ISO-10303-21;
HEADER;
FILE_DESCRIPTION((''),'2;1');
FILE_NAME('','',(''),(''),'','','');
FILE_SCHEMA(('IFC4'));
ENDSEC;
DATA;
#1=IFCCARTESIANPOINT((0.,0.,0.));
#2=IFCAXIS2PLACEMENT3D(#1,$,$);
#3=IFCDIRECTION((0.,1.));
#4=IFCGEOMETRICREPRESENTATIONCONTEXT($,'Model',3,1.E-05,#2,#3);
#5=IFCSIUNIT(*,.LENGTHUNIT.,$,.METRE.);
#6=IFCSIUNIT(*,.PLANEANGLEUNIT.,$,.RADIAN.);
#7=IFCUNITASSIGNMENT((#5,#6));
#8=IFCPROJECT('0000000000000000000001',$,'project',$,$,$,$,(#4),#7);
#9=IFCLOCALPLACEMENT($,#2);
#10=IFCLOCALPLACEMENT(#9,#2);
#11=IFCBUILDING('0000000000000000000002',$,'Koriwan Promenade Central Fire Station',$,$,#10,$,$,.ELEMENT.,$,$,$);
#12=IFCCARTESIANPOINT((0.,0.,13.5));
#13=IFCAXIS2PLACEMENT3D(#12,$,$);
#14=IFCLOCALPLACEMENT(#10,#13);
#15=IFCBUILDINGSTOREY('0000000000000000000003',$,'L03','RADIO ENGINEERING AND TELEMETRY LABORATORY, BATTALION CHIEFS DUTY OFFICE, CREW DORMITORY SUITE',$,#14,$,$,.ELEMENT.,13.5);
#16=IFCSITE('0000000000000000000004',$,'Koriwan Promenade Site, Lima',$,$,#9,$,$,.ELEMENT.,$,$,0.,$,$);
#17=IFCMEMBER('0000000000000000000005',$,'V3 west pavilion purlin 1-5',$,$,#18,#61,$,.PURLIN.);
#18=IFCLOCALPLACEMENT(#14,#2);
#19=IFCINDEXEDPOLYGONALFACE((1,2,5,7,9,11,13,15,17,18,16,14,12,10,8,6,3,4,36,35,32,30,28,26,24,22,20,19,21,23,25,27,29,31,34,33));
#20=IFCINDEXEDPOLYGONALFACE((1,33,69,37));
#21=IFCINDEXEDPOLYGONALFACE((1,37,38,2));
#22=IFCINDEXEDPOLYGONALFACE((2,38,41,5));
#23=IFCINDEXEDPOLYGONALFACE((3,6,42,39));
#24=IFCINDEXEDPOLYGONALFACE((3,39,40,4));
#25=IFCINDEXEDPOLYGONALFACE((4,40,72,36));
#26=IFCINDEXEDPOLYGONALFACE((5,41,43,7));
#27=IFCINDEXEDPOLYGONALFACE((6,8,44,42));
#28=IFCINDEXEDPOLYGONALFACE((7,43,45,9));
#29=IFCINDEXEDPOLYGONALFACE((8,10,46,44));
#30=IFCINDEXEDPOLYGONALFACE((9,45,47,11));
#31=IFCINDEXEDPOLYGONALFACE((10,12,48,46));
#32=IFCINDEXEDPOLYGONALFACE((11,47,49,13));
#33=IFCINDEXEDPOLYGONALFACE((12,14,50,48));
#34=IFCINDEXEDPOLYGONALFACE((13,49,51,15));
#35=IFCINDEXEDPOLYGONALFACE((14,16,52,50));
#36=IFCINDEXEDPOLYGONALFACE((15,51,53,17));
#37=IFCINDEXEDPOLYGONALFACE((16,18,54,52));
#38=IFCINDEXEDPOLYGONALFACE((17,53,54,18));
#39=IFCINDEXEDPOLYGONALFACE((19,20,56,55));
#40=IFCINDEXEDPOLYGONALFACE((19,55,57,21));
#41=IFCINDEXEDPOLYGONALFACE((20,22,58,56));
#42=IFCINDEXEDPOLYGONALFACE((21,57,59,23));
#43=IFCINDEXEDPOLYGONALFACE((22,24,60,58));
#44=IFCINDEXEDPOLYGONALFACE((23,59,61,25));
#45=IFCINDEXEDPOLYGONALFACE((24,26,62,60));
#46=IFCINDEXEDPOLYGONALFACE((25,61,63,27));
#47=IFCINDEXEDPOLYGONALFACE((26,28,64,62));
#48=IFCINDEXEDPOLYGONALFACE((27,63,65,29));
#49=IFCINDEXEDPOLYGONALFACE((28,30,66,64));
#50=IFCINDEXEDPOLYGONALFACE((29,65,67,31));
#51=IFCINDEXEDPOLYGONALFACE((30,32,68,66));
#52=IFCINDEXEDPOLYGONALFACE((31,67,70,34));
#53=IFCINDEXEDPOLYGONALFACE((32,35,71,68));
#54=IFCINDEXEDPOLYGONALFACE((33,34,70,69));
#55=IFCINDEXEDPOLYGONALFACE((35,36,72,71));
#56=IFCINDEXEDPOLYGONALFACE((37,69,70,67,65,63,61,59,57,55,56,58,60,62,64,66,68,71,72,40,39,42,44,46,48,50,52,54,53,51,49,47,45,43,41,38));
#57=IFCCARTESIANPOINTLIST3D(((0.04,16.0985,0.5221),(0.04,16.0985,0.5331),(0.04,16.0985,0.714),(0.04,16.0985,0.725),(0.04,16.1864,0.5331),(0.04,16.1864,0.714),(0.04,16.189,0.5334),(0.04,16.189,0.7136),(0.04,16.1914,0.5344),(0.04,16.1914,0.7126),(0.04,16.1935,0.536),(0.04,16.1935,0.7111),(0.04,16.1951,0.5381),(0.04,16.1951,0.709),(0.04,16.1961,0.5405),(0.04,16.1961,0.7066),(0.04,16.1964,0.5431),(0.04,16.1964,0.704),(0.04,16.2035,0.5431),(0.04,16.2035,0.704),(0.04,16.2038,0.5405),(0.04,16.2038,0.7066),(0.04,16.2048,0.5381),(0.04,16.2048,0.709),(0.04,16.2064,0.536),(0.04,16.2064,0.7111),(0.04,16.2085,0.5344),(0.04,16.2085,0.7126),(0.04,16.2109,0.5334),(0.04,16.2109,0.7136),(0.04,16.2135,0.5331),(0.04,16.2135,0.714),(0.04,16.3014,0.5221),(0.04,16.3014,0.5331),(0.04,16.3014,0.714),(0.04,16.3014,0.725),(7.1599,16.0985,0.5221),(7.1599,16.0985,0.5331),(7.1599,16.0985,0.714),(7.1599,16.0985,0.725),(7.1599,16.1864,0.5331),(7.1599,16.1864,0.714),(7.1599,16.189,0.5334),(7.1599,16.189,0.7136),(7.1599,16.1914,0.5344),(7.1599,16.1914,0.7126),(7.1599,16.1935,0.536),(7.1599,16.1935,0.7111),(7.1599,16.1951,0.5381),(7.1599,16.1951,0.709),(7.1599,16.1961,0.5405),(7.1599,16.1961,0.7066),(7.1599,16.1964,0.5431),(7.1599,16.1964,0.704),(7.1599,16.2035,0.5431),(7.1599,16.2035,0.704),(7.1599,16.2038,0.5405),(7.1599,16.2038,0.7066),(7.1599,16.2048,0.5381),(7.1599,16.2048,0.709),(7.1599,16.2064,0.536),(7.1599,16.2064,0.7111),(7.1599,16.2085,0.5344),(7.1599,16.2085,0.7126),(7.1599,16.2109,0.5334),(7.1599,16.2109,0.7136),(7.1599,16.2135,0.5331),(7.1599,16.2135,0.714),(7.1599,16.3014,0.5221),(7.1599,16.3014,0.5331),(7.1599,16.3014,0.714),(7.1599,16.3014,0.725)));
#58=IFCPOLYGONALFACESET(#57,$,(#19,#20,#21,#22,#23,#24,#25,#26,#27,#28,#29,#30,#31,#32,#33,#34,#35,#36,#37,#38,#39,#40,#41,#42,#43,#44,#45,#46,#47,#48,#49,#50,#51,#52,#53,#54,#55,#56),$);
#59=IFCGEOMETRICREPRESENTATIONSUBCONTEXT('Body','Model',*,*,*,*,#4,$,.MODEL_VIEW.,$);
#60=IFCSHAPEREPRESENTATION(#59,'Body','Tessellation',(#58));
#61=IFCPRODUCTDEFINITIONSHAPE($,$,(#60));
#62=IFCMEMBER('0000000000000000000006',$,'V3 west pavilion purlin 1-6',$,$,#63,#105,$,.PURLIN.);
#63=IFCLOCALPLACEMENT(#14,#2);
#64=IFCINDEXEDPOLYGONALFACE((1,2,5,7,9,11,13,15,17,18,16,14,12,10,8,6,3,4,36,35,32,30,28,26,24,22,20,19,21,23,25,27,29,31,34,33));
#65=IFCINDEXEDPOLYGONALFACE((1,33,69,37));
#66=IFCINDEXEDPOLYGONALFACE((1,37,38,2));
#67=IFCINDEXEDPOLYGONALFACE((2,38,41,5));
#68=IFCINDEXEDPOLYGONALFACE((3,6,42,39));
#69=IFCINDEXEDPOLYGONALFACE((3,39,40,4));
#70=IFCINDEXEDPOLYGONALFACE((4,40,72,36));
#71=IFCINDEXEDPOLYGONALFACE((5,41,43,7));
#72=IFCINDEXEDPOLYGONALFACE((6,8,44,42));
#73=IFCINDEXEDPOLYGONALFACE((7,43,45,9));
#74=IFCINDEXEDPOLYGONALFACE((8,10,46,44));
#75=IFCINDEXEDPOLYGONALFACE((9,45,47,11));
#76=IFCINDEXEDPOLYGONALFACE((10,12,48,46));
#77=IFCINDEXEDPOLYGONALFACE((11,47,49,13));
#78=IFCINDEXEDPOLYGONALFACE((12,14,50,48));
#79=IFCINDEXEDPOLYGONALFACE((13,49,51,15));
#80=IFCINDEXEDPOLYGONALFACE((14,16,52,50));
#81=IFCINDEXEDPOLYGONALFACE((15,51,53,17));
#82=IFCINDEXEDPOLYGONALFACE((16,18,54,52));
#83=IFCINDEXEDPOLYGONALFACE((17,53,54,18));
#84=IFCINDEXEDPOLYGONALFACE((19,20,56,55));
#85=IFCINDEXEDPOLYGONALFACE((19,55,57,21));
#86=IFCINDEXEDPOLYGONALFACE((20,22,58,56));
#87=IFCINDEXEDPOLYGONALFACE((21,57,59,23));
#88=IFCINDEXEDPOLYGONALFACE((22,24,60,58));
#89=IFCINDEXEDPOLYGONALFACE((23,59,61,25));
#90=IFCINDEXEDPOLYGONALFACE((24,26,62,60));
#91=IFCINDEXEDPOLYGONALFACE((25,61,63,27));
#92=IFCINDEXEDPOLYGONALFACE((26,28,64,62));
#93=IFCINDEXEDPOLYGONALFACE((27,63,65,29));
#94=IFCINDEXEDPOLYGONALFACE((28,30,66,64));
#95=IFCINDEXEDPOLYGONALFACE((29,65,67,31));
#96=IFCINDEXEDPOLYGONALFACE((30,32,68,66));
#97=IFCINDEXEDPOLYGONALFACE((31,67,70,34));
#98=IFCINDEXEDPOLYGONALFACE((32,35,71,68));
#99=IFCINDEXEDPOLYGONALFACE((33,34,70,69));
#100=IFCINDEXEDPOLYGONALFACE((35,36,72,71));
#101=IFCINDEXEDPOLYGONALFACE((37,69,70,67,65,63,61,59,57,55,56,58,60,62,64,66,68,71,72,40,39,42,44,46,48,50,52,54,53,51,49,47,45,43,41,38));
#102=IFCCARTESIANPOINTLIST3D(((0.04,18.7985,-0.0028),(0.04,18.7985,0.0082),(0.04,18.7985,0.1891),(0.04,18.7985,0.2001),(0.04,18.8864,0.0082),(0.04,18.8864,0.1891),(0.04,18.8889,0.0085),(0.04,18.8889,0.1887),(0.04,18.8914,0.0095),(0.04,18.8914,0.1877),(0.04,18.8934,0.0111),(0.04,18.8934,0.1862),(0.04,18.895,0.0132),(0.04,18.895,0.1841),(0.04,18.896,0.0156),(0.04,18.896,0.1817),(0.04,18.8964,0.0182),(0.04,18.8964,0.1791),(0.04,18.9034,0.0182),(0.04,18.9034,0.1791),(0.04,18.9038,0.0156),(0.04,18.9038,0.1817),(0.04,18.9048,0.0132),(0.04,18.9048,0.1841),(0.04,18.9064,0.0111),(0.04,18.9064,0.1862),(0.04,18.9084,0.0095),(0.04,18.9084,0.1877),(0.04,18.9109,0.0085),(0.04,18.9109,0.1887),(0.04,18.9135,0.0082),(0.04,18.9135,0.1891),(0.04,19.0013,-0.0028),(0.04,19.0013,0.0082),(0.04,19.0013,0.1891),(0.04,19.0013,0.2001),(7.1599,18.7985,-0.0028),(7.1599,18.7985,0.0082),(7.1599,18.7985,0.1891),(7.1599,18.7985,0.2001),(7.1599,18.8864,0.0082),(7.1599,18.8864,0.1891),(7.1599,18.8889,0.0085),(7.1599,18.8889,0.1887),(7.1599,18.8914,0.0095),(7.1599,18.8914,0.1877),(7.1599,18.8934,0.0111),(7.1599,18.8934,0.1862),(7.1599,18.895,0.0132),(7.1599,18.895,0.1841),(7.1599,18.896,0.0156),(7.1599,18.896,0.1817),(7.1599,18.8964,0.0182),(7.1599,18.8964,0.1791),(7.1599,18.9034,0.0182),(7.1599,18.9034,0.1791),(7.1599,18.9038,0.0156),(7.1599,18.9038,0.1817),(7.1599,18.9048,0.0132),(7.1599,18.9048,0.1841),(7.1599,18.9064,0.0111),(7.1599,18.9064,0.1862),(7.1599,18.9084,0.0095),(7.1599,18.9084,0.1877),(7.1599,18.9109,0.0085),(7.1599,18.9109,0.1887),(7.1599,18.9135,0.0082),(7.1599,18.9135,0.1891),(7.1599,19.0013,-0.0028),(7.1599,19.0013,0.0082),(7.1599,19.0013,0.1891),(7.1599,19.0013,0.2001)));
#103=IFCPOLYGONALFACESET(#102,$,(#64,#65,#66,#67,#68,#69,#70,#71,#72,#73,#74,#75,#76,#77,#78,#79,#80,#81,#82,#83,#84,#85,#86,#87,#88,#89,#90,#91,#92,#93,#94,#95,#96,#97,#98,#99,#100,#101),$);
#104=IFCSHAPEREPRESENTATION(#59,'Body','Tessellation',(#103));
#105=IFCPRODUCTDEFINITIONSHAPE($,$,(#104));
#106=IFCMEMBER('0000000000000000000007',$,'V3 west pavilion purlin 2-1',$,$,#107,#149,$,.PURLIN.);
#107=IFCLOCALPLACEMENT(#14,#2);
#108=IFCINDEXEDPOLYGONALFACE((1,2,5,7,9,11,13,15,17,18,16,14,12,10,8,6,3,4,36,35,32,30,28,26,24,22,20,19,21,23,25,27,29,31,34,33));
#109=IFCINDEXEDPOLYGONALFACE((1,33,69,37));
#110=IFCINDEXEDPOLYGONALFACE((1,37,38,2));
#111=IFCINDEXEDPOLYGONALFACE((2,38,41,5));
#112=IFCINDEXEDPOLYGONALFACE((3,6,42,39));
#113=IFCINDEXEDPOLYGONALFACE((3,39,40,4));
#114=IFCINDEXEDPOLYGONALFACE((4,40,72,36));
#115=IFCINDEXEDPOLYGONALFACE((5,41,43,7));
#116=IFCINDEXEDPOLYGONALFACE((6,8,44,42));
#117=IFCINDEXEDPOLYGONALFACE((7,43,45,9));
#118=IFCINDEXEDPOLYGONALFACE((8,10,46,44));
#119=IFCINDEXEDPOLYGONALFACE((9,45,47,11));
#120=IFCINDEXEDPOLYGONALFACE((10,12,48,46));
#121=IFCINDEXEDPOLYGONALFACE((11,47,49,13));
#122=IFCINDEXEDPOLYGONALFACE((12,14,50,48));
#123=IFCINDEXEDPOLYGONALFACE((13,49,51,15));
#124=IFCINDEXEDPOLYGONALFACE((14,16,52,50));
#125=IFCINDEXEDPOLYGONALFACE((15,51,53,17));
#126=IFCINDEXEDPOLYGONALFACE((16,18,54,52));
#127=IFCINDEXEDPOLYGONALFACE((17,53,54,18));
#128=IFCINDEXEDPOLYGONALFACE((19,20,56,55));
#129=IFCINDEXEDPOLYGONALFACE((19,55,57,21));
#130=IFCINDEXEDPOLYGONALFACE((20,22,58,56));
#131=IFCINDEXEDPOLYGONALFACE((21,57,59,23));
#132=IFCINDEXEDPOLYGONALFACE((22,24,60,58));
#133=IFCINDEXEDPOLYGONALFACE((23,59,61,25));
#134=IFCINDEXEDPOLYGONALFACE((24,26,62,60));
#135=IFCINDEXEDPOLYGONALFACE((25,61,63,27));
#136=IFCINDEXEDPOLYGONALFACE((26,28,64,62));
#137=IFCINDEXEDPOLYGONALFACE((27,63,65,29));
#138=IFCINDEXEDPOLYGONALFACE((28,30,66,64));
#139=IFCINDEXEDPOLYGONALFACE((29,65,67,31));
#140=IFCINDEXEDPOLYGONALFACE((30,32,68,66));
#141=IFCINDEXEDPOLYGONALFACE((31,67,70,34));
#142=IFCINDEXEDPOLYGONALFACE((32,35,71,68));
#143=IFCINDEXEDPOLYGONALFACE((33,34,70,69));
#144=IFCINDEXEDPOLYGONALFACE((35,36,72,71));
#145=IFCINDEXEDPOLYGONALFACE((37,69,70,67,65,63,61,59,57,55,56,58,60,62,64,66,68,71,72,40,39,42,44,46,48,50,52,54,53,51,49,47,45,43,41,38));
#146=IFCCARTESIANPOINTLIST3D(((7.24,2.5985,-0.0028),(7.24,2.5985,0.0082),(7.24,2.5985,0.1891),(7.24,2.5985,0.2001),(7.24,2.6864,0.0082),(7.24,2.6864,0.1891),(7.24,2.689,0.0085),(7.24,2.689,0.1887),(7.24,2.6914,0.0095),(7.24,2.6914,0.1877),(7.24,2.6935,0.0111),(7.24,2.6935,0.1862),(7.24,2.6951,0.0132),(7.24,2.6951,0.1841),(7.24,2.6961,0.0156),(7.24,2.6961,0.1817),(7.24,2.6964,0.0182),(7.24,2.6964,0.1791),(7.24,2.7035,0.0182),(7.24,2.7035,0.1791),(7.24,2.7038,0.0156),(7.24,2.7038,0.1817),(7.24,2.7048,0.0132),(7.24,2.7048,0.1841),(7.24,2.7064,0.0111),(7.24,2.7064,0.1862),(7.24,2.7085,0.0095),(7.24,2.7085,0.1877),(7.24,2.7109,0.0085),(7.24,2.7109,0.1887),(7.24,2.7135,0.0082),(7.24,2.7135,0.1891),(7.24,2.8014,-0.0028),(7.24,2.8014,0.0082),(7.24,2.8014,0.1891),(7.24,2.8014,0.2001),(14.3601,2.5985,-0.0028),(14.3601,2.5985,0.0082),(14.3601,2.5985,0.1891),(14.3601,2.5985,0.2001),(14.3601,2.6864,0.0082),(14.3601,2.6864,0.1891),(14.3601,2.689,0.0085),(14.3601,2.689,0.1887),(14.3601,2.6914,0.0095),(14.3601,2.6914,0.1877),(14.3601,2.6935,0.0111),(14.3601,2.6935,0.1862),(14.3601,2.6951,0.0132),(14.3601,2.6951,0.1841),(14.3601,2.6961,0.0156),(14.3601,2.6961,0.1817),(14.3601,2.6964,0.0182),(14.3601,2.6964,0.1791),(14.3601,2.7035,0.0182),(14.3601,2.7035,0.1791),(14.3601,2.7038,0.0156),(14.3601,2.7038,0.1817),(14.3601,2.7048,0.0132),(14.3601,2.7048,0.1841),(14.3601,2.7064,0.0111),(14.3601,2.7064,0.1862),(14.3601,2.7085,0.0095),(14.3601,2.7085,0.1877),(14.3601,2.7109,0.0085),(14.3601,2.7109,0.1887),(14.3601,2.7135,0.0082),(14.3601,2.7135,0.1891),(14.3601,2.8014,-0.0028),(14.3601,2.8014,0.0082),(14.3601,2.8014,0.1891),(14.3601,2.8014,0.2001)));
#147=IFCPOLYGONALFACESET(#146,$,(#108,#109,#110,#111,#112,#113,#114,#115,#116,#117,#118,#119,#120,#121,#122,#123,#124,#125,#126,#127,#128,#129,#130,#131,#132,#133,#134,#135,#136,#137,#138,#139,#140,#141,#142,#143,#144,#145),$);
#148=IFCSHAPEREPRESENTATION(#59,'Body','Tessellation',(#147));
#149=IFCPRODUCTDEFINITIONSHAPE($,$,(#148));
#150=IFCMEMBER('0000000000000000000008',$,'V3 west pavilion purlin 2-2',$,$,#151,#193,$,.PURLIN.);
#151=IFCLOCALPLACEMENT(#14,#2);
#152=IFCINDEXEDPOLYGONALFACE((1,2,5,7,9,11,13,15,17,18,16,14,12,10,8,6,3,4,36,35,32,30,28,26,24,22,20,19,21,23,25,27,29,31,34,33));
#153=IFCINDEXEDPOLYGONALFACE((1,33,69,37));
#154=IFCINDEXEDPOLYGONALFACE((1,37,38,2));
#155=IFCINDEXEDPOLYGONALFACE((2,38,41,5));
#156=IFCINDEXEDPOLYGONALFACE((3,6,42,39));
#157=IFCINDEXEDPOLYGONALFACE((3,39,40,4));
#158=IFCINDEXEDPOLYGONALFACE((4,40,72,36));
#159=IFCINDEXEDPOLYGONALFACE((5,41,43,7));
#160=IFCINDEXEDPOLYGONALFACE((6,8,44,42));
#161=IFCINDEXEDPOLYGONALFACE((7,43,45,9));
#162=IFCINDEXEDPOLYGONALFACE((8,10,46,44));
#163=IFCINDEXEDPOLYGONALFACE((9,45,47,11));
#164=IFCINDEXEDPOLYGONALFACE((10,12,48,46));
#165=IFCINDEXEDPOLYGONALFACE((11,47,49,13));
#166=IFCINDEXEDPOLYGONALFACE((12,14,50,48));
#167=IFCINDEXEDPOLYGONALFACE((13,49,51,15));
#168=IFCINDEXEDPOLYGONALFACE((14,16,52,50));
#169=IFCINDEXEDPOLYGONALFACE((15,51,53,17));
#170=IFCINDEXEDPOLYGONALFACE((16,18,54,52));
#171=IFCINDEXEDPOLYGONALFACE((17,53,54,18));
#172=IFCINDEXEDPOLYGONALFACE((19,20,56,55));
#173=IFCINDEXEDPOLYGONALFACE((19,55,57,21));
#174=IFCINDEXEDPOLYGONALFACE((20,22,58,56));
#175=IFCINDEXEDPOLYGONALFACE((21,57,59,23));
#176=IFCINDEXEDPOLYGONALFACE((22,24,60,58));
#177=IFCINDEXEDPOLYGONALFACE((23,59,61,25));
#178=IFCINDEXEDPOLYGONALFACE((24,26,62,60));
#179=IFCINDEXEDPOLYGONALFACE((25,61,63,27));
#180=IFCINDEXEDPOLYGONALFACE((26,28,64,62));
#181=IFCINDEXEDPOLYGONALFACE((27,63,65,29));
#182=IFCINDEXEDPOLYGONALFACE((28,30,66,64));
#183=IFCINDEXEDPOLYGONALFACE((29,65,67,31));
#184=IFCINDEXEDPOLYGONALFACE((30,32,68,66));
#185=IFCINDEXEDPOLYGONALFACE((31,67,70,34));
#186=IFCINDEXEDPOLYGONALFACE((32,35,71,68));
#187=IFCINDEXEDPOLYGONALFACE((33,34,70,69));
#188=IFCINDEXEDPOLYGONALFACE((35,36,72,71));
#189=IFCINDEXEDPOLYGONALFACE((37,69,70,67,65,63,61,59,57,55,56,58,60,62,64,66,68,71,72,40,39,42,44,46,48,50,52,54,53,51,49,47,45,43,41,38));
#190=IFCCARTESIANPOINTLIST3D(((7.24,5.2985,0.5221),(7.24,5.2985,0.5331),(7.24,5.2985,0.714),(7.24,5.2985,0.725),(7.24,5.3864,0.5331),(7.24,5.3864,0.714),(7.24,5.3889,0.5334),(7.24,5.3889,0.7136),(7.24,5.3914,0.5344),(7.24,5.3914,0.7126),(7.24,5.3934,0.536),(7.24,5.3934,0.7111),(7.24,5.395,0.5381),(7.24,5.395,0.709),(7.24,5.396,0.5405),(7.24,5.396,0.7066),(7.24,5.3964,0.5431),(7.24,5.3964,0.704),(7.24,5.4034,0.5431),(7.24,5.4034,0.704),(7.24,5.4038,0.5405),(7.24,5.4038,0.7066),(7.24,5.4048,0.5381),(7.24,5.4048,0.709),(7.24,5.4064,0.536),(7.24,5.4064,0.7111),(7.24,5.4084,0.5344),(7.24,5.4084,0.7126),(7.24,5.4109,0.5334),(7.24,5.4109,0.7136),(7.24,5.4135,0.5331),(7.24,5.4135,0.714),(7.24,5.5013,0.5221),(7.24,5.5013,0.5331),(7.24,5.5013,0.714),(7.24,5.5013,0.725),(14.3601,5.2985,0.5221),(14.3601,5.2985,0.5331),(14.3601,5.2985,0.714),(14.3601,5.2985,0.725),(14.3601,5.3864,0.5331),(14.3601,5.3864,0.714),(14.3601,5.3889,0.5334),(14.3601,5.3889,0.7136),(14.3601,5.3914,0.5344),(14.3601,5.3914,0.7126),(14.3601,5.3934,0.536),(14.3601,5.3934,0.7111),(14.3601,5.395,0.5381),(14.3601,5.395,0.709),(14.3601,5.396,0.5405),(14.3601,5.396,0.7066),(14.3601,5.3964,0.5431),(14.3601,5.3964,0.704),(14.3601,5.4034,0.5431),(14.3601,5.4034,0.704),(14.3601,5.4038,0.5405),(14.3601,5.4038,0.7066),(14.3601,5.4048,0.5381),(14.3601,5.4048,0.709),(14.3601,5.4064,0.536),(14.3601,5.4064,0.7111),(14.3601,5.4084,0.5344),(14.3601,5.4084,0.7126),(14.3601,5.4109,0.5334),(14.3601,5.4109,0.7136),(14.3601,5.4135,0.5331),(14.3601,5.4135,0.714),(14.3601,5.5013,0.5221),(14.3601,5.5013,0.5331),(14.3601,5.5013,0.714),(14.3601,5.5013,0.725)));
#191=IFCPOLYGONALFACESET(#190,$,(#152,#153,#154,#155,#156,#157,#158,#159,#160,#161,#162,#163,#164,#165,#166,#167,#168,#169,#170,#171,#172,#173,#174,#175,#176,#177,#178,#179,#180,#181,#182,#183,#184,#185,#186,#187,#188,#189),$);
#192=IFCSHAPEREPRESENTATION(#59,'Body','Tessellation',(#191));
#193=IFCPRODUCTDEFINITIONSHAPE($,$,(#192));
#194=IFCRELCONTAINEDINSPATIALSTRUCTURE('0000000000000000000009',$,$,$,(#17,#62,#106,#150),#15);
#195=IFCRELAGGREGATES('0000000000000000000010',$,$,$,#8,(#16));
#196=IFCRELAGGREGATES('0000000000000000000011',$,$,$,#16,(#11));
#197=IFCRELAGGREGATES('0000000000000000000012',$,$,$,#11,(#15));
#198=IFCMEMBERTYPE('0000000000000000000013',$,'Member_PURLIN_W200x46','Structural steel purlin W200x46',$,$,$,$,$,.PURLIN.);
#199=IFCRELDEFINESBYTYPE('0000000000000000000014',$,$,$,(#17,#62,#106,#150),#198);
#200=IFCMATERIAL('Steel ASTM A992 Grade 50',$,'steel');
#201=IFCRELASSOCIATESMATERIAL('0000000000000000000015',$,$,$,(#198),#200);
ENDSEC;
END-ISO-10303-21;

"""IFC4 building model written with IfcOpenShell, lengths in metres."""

from ifc_helpers import new_model, si_unit, direction, frame, origin, origin_2d, place, context, subcontext, project, spatial, i_section, extrude, material, material_profile, profile_set, type_object, element, save


model = new_model("IFC4")

# Units and contexts
model_context = context("Model", 3, precision=1e-05, world=origin(), true_north=direction((0.0, 1.0)))
body_context = subcontext(model_context, "Body", "Model", "MODEL_VIEW")
ifc_project = project(units=[si_unit("LENGTHUNIT", "METRE"), si_unit("PLANEANGLEUNIT", "RADIAN")], contexts=[model_context])

# Site, building, storey
site_placement = place(None, origin())
site = spatial("IfcSite", under=ifc_project, at=site_placement, Name="Koriwan Promenade Site, Lima", CompositionType="ELEMENT", RefElevation=0.0)
building_placement = place(site_placement, origin())
building = spatial("IfcBuilding", under=site, at=building_placement, Name="Koriwan Promenade Central Fire Station", CompositionType="ELEMENT")
storey_placement = place(building_placement, frame((0.0, 0.0, 13.5)))
storey = spatial("IfcBuildingStorey", under=building, at=storey_placement, Name="L03", Description="RADIO ENGINEERING AND TELEMETRY LABORATORY, BATTALION CHIEFS DUTY OFFICE, CREW DORMITORY SUITE", CompositionType="ELEMENT", Elevation=13.5)

# Members
ifc_material_1 = material(Name="Steel ASTM A992 Grade 50", Category="steel")
ifc_material_profile = material_profile(ifc_material_1, i_section(OverallWidth=0.2029, OverallDepth=0.2029, WebThickness=0.0071, FlangeThickness=0.011, FilletRadius=0.01, at=origin_2d()), Name="W200x46")
ifc_profile_set = profile_set([ifc_material_profile], Name="Steel ASTM A992 Grade 50")
member_type = type_object("IfcMemberType", Name="Member_PURLIN_W200x46", Description="Structural steel purlin W200x46", PredefinedType="PURLIN", material=ifc_profile_set)
for number, where, z_axis, x_axis, name in (
    (1, (0.04, 16.2, 0.6235), (1.0, 0.0, 0.0), (0.0, 1.0, 0.0), "V3 west pavilion purlin 1-5"),
    (2, (0.04, 18.8999, 0.0986), (1.0, 0.0, 0.0), (0.0, 1.0, 0.0), "V3 west pavilion purlin 1-6"),
):
    element("IfcMember", number, at=place(storey_placement, frame(where, z_axis=z_axis, x_axis=x_axis)), inside=storey, type_object=member_type, Name=name, PredefinedType="PURLIN", context=body_context, shape_type="SweptSolid", body=[
        extrude(i_section(OverallWidth=0.2029, OverallDepth=0.2029, WebThickness=0.0071, FlangeThickness=0.011, FilletRadius=0.01, at=origin_2d()), origin(), (0.0, 0.0, 1.0), 7.1199),
    ])
for number, where, z_axis, x_axis, name in (
    (3, (7.24, 2.7, 0.0986), (1.0, 0.0, 0.0), (0.0, 1.0, 0.0), "V3 west pavilion purlin 2-1"),
    (4, (7.24, 5.3999, 0.6235), (1.0, 0.0, 0.0), (0.0, 1.0, 0.0), "V3 west pavilion purlin 2-2"),
):
    element("IfcMember", number, at=place(storey_placement, frame(where, z_axis=z_axis, x_axis=x_axis)), inside=storey, type_object=member_type, Name=name, PredefinedType="PURLIN", context=body_context, shape_type="SweptSolid", body=[
        extrude(i_section(OverallWidth=0.2029, OverallDepth=0.2029, WebThickness=0.0071, FlangeThickness=0.011, FilletRadius=0.01, at=origin_2d()), origin(), (0.0, 0.0, 1.0), 7.1201),
    ])

save(model, "model.ifc")
